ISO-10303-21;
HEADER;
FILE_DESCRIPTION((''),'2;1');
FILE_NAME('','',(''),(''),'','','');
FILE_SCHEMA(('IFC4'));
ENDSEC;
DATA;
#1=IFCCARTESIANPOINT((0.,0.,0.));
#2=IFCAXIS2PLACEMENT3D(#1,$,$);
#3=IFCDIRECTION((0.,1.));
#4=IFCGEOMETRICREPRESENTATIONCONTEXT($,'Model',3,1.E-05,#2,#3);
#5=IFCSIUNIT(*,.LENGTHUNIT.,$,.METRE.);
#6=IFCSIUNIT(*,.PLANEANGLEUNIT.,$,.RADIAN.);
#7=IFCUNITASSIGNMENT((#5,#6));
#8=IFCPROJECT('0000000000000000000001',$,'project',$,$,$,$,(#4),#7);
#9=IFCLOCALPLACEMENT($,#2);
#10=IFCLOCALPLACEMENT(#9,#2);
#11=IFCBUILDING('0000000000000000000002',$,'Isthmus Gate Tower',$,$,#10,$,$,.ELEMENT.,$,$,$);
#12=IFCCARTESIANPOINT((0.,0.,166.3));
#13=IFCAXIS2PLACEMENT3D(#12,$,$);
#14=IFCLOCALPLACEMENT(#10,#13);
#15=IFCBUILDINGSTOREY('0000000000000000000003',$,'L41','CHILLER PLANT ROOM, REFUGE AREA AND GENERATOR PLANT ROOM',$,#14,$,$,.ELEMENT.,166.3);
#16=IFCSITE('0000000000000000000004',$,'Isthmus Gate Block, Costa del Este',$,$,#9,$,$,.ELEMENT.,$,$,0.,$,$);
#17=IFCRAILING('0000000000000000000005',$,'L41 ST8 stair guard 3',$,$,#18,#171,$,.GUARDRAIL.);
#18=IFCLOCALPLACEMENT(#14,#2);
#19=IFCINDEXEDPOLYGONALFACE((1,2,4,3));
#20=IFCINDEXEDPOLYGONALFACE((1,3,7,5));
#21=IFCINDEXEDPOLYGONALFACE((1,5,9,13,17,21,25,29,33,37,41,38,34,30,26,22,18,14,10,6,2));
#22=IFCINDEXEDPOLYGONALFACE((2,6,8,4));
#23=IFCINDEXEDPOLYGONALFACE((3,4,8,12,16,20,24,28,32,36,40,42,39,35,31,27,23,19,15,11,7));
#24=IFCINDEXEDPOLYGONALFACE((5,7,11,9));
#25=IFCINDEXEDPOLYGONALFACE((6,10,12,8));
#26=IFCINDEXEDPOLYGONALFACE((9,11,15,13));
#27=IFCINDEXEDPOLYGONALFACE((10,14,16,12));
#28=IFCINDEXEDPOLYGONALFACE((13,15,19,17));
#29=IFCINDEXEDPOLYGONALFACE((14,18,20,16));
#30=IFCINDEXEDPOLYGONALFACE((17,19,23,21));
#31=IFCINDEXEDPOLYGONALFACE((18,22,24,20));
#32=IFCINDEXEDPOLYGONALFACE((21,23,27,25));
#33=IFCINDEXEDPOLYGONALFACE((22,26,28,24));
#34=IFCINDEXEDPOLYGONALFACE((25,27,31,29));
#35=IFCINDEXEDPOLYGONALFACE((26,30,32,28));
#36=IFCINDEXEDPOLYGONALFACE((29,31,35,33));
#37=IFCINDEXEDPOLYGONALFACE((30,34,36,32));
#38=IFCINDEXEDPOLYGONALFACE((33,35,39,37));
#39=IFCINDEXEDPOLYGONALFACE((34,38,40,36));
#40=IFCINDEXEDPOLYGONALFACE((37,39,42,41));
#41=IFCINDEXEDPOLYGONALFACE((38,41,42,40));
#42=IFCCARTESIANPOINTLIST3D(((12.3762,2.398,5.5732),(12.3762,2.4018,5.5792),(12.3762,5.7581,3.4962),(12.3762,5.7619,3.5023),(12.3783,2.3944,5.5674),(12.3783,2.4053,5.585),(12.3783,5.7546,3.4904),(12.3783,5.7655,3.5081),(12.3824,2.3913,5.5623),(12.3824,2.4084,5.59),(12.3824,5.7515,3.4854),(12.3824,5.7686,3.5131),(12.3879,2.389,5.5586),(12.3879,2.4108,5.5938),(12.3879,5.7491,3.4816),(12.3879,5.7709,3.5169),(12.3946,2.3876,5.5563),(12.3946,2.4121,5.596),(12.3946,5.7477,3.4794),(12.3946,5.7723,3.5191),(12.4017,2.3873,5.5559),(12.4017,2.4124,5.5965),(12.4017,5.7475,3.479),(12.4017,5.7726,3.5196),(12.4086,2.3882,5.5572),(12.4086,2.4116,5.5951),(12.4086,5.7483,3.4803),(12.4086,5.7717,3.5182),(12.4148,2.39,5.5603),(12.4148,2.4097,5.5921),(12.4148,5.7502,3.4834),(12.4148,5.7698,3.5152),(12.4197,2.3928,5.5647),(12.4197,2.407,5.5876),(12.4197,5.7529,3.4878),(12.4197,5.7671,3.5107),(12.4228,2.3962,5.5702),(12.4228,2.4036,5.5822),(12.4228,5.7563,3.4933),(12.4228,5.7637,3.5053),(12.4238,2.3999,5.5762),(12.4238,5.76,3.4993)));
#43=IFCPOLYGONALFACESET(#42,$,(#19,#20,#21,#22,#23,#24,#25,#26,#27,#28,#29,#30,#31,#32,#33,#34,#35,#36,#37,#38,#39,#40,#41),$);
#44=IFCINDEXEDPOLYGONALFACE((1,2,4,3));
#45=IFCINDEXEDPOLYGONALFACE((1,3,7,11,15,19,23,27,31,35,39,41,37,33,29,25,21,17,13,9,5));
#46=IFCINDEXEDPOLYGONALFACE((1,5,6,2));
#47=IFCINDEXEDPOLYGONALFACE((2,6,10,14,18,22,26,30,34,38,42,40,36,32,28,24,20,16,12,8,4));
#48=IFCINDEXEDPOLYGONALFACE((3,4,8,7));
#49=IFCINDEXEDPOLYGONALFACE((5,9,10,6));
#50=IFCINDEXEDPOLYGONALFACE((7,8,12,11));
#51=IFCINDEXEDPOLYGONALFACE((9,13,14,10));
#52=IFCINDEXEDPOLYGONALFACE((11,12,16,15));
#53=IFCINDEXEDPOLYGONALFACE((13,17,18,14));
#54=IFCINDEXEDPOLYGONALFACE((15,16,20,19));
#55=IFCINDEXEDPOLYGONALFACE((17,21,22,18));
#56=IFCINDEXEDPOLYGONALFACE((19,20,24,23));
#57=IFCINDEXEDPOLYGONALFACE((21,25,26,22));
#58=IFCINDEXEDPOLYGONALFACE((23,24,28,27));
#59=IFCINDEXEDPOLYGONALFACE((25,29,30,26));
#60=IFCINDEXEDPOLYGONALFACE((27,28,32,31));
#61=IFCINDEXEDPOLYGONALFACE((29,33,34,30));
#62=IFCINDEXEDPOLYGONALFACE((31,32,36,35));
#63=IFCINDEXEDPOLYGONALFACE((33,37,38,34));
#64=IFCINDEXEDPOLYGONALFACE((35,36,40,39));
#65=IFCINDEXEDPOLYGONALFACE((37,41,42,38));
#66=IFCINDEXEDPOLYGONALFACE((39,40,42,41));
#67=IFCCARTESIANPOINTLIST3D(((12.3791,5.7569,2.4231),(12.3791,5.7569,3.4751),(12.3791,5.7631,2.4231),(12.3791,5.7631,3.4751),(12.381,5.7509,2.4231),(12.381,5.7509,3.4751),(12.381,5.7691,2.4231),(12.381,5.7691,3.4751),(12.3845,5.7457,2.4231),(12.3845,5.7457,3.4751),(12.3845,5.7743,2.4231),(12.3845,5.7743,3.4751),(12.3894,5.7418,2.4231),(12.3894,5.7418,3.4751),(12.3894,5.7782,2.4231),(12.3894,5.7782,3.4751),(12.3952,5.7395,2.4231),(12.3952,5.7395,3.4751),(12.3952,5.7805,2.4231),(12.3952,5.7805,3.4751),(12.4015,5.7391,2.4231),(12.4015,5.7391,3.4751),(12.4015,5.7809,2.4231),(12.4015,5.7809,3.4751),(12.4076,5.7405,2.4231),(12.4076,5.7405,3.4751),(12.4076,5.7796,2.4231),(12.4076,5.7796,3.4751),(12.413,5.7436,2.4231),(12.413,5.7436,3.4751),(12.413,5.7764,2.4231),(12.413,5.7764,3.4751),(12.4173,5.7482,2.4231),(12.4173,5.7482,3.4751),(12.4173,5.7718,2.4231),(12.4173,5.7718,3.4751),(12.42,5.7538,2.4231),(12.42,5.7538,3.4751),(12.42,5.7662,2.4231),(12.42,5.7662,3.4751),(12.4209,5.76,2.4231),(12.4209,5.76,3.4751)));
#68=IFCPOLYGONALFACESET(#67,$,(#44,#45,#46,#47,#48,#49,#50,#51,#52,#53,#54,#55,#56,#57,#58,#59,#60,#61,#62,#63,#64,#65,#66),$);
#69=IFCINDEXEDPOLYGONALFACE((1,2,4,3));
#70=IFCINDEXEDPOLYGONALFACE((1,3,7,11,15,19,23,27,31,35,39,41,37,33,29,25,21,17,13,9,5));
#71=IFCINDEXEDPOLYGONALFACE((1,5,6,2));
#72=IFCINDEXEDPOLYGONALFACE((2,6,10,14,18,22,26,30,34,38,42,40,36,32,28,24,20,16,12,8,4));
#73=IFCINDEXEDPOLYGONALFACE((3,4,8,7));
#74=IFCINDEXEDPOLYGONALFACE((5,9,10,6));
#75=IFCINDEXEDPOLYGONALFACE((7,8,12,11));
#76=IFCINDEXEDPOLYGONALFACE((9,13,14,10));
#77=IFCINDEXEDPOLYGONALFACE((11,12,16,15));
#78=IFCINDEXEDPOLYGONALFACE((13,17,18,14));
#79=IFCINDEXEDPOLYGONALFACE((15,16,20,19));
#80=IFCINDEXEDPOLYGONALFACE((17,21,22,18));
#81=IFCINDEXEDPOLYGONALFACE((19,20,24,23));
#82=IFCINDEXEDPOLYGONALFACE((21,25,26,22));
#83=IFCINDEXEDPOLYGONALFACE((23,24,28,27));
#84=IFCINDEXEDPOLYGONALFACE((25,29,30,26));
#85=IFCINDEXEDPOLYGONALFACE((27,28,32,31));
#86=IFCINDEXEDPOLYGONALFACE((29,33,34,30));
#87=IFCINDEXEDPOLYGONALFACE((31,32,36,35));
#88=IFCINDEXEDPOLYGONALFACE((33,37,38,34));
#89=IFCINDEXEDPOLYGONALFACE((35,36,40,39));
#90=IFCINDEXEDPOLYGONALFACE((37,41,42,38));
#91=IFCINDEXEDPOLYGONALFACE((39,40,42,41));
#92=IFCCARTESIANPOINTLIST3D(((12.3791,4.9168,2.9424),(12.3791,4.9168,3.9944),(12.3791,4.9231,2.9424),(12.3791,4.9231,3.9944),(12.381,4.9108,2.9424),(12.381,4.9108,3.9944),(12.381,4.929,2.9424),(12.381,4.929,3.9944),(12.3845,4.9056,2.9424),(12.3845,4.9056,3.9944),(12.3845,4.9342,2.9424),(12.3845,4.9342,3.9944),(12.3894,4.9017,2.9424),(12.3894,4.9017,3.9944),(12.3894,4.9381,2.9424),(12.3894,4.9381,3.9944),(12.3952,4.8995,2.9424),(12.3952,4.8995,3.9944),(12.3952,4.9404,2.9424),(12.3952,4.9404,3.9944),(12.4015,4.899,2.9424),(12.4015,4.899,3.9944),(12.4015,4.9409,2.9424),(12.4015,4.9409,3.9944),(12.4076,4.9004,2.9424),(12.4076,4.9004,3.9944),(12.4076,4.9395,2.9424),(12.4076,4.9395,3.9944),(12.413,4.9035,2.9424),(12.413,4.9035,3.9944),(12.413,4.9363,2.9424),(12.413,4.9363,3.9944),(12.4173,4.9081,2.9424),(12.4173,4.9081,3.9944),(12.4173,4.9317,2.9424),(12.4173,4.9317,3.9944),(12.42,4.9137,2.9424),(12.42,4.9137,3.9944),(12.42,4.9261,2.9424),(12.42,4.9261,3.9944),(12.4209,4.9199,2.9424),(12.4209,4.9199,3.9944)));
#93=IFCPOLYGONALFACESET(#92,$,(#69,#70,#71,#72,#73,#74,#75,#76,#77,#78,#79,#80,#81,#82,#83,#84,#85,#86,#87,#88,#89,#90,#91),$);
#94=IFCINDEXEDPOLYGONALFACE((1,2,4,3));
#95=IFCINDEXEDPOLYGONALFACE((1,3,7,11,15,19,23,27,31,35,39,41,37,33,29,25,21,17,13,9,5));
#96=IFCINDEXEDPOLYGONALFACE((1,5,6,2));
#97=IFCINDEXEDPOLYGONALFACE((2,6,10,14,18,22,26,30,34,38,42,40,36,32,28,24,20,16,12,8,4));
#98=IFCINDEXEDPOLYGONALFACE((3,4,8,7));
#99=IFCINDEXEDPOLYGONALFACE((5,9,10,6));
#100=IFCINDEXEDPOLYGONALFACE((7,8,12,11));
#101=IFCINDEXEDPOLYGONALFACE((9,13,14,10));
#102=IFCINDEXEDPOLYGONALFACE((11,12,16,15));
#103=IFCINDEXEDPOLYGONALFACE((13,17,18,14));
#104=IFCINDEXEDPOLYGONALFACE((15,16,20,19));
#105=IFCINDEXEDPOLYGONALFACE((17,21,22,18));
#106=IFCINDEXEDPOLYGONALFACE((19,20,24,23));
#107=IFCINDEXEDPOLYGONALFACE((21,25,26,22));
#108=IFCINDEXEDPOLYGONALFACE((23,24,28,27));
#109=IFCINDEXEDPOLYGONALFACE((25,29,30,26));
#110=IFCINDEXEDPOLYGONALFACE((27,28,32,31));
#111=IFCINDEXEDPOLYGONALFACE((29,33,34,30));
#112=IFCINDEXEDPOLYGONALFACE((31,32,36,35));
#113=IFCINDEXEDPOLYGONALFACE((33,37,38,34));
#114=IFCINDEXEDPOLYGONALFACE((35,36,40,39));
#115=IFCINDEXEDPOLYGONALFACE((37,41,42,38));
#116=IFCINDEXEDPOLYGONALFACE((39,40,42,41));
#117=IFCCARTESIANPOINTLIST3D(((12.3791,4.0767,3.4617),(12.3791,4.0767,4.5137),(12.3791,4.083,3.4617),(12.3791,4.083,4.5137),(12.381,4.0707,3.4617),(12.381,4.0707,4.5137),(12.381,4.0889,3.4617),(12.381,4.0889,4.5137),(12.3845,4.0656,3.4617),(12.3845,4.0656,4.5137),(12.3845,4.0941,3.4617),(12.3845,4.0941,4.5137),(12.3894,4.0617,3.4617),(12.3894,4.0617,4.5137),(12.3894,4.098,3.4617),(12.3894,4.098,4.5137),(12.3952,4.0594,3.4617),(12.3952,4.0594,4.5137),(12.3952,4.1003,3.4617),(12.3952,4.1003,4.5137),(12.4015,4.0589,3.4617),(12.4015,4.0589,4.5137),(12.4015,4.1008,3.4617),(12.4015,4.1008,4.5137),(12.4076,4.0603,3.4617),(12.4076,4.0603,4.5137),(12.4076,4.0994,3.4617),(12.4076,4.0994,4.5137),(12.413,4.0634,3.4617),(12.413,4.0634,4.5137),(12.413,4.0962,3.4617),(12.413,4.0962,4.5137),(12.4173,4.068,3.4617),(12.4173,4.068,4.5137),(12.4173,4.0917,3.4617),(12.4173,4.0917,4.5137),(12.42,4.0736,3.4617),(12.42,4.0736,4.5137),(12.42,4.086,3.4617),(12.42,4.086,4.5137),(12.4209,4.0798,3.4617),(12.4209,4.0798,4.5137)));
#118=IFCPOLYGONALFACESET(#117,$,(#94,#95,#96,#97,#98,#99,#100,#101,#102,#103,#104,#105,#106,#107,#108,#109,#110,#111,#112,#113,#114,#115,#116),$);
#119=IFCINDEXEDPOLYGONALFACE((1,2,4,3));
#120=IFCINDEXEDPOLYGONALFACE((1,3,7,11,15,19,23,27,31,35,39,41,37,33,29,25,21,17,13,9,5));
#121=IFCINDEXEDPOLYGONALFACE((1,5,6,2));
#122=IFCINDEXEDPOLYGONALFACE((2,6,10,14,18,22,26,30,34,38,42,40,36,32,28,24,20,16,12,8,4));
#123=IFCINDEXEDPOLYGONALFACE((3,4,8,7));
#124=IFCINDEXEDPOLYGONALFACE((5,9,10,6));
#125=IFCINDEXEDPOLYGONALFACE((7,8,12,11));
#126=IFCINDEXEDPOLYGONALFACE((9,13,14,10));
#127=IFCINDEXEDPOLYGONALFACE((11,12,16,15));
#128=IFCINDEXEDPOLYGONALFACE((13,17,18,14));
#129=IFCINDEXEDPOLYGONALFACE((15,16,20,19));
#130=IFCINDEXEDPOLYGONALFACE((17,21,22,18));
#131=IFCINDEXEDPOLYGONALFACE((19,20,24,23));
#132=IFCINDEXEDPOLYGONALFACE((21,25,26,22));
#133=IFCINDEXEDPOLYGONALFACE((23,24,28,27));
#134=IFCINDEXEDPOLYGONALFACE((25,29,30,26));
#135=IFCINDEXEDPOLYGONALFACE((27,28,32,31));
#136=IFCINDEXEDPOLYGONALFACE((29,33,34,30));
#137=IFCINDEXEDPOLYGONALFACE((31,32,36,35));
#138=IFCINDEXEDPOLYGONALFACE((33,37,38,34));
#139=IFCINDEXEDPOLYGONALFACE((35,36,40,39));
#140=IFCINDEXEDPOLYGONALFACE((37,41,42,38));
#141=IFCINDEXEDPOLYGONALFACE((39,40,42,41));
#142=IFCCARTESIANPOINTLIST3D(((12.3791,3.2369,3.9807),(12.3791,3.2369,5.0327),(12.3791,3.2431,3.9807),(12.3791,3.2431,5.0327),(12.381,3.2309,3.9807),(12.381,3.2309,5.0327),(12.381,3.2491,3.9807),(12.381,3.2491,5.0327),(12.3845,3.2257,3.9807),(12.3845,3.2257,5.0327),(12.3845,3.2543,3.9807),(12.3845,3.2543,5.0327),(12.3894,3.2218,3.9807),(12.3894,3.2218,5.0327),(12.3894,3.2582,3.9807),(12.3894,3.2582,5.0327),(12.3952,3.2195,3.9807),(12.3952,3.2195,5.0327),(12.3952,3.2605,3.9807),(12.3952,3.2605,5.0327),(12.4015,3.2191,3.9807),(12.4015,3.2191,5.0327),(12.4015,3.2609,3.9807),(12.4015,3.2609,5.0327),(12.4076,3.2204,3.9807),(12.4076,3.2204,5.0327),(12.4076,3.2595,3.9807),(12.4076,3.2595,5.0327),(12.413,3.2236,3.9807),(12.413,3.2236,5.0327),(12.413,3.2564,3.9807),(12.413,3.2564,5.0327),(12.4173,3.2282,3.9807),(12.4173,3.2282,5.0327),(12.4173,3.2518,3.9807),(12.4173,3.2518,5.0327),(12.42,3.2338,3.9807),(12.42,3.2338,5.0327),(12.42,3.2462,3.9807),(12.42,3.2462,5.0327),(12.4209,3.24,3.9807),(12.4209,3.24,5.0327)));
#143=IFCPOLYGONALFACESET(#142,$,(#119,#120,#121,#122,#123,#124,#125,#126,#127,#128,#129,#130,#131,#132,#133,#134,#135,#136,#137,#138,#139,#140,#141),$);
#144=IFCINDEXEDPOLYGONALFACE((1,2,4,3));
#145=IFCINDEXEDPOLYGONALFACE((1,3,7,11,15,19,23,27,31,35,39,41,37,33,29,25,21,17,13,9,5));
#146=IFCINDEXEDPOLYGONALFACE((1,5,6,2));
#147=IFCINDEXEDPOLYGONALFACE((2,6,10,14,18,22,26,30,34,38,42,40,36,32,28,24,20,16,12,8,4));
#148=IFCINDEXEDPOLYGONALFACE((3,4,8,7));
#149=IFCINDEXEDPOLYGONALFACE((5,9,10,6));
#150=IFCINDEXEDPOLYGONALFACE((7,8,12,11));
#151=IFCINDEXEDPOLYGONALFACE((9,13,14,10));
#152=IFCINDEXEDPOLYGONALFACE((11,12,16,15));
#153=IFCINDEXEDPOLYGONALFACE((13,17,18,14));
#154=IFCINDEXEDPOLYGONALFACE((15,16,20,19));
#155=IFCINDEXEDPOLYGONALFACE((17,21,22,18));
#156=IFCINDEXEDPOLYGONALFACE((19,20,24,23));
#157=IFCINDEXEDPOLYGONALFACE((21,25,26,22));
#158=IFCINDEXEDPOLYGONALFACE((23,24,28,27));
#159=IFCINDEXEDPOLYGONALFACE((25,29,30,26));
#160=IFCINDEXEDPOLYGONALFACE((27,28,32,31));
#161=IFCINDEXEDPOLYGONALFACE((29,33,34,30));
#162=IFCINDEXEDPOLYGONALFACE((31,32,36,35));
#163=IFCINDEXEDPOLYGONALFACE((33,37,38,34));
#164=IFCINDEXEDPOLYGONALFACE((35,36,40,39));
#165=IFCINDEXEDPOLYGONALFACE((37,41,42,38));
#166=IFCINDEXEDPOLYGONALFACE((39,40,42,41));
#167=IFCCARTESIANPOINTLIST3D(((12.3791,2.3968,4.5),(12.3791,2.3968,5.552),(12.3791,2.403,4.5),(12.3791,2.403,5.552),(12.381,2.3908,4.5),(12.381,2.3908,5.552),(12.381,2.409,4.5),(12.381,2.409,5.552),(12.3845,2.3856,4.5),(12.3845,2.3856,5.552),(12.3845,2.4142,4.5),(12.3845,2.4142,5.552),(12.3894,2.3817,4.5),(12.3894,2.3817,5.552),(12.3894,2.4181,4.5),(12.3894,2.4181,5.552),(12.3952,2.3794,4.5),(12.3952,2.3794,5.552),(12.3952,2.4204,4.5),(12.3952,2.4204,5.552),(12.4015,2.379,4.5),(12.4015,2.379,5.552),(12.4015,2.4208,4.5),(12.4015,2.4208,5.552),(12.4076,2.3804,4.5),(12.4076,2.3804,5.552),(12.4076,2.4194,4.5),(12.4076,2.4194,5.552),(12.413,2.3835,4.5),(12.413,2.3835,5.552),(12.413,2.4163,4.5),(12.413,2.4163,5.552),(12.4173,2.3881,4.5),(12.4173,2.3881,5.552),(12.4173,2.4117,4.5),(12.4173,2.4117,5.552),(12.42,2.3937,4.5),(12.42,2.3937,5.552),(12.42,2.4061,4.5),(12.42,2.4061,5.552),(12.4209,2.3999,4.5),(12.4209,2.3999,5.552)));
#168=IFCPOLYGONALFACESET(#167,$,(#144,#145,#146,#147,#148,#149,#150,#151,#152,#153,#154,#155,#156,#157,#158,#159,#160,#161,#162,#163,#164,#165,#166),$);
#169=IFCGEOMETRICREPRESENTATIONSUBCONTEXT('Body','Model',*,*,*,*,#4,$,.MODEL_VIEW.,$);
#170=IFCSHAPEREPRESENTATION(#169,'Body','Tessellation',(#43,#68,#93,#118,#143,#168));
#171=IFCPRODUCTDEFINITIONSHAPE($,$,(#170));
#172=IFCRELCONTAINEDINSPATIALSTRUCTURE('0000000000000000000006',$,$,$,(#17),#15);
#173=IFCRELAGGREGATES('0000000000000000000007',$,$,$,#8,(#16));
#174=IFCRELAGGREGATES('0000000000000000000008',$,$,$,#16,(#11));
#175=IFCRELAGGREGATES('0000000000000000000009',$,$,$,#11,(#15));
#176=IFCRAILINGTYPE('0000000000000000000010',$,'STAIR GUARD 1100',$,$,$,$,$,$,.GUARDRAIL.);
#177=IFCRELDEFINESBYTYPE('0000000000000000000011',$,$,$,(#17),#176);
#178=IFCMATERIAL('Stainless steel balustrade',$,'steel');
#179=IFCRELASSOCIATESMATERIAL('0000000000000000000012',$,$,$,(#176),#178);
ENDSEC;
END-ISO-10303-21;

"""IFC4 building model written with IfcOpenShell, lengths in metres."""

from ifc_helpers import new_model, si_unit, direction, frame, origin, origin_2d, place, context, subcontext, project, spatial, circle, extrude, material, type_object, element, save


model = new_model("IFC4")

# Units and contexts
model_context = context("Model", 3, precision=1e-05, world=origin(), true_north=direction((0.0, 1.0)))
body_context = subcontext(model_context, "Body", "Model", "MODEL_VIEW")
ifc_project = project(units=[si_unit("LENGTHUNIT", "METRE"), si_unit("PLANEANGLEUNIT", "RADIAN")], contexts=[model_context])

# Site, building, storey
site_placement = place(None, origin())
site = spatial("IfcSite", under=ifc_project, at=site_placement, Name="Isthmus Gate Block, Costa del Este", CompositionType="ELEMENT", RefElevation=0.0)
building_placement = place(site_placement, origin())
building = spatial("IfcBuilding", under=site, at=building_placement, Name="Isthmus Gate Tower", CompositionType="ELEMENT")
storey_placement = place(building_placement, frame((0.0, 0.0, 166.3)))
storey = spatial("IfcBuildingStorey", under=building, at=storey_placement, Name="L41", Description="CHILLER PLANT ROOM, REFUGE AREA AND GENERATOR PLANT ROOM", CompositionType="ELEMENT", Elevation=166.3)

# Railing
ifc_material_1 = material(Name="Stainless steel balustrade", Category="steel")
railing_type_1 = type_object("IfcRailingType", Name="STAIR GUARD 1100", PredefinedType="GUARDRAIL", material=ifc_material_1)
railing_1_placement = place(storey_placement, frame((12.3999, 5.76, 2.4231)))
element("IfcRailing", 1, at=railing_1_placement, inside=storey, type_object=railing_type_1, Name="L41 ST8 stair guard 3", PredefinedType="GUARDRAIL", context=body_context, shape_type="SweptSolid", body=[
    extrude(circle(Radius=0.0239, at=origin_2d()), frame((0.0, 0.0, 1.0762), z_axis=(0.0, -0.850623, 0.525776), x_axis=(1.0, 0.0, 0.0)), (0.0, 0.0, 1.0), 3.9502),
    extrude(circle(Radius=0.021, at=origin_2d()), origin(), (0.0, 0.0, 1.0), 1.052),
    extrude(circle(Radius=0.021, at=origin_2d()), frame((0.0, -0.8401, 0.5193)), (0.0, 0.0, 1.0), 1.052),
    extrude(circle(Radius=0.021, at=origin_2d()), frame((0.0, -1.6802, 1.0386)), (0.0, 0.0, 1.0), 1.052),
    extrude(circle(Radius=0.021, at=origin_2d()), frame((0.0, -2.52, 1.5576)), (0.0, 0.0, 1.0), 1.052),
    extrude(circle(Radius=0.021, at=origin_2d()), frame((0.0, -3.3601, 2.0769)), (0.0, 0.0, 1.0), 1.052),
])

save(model, "model.ifc")
